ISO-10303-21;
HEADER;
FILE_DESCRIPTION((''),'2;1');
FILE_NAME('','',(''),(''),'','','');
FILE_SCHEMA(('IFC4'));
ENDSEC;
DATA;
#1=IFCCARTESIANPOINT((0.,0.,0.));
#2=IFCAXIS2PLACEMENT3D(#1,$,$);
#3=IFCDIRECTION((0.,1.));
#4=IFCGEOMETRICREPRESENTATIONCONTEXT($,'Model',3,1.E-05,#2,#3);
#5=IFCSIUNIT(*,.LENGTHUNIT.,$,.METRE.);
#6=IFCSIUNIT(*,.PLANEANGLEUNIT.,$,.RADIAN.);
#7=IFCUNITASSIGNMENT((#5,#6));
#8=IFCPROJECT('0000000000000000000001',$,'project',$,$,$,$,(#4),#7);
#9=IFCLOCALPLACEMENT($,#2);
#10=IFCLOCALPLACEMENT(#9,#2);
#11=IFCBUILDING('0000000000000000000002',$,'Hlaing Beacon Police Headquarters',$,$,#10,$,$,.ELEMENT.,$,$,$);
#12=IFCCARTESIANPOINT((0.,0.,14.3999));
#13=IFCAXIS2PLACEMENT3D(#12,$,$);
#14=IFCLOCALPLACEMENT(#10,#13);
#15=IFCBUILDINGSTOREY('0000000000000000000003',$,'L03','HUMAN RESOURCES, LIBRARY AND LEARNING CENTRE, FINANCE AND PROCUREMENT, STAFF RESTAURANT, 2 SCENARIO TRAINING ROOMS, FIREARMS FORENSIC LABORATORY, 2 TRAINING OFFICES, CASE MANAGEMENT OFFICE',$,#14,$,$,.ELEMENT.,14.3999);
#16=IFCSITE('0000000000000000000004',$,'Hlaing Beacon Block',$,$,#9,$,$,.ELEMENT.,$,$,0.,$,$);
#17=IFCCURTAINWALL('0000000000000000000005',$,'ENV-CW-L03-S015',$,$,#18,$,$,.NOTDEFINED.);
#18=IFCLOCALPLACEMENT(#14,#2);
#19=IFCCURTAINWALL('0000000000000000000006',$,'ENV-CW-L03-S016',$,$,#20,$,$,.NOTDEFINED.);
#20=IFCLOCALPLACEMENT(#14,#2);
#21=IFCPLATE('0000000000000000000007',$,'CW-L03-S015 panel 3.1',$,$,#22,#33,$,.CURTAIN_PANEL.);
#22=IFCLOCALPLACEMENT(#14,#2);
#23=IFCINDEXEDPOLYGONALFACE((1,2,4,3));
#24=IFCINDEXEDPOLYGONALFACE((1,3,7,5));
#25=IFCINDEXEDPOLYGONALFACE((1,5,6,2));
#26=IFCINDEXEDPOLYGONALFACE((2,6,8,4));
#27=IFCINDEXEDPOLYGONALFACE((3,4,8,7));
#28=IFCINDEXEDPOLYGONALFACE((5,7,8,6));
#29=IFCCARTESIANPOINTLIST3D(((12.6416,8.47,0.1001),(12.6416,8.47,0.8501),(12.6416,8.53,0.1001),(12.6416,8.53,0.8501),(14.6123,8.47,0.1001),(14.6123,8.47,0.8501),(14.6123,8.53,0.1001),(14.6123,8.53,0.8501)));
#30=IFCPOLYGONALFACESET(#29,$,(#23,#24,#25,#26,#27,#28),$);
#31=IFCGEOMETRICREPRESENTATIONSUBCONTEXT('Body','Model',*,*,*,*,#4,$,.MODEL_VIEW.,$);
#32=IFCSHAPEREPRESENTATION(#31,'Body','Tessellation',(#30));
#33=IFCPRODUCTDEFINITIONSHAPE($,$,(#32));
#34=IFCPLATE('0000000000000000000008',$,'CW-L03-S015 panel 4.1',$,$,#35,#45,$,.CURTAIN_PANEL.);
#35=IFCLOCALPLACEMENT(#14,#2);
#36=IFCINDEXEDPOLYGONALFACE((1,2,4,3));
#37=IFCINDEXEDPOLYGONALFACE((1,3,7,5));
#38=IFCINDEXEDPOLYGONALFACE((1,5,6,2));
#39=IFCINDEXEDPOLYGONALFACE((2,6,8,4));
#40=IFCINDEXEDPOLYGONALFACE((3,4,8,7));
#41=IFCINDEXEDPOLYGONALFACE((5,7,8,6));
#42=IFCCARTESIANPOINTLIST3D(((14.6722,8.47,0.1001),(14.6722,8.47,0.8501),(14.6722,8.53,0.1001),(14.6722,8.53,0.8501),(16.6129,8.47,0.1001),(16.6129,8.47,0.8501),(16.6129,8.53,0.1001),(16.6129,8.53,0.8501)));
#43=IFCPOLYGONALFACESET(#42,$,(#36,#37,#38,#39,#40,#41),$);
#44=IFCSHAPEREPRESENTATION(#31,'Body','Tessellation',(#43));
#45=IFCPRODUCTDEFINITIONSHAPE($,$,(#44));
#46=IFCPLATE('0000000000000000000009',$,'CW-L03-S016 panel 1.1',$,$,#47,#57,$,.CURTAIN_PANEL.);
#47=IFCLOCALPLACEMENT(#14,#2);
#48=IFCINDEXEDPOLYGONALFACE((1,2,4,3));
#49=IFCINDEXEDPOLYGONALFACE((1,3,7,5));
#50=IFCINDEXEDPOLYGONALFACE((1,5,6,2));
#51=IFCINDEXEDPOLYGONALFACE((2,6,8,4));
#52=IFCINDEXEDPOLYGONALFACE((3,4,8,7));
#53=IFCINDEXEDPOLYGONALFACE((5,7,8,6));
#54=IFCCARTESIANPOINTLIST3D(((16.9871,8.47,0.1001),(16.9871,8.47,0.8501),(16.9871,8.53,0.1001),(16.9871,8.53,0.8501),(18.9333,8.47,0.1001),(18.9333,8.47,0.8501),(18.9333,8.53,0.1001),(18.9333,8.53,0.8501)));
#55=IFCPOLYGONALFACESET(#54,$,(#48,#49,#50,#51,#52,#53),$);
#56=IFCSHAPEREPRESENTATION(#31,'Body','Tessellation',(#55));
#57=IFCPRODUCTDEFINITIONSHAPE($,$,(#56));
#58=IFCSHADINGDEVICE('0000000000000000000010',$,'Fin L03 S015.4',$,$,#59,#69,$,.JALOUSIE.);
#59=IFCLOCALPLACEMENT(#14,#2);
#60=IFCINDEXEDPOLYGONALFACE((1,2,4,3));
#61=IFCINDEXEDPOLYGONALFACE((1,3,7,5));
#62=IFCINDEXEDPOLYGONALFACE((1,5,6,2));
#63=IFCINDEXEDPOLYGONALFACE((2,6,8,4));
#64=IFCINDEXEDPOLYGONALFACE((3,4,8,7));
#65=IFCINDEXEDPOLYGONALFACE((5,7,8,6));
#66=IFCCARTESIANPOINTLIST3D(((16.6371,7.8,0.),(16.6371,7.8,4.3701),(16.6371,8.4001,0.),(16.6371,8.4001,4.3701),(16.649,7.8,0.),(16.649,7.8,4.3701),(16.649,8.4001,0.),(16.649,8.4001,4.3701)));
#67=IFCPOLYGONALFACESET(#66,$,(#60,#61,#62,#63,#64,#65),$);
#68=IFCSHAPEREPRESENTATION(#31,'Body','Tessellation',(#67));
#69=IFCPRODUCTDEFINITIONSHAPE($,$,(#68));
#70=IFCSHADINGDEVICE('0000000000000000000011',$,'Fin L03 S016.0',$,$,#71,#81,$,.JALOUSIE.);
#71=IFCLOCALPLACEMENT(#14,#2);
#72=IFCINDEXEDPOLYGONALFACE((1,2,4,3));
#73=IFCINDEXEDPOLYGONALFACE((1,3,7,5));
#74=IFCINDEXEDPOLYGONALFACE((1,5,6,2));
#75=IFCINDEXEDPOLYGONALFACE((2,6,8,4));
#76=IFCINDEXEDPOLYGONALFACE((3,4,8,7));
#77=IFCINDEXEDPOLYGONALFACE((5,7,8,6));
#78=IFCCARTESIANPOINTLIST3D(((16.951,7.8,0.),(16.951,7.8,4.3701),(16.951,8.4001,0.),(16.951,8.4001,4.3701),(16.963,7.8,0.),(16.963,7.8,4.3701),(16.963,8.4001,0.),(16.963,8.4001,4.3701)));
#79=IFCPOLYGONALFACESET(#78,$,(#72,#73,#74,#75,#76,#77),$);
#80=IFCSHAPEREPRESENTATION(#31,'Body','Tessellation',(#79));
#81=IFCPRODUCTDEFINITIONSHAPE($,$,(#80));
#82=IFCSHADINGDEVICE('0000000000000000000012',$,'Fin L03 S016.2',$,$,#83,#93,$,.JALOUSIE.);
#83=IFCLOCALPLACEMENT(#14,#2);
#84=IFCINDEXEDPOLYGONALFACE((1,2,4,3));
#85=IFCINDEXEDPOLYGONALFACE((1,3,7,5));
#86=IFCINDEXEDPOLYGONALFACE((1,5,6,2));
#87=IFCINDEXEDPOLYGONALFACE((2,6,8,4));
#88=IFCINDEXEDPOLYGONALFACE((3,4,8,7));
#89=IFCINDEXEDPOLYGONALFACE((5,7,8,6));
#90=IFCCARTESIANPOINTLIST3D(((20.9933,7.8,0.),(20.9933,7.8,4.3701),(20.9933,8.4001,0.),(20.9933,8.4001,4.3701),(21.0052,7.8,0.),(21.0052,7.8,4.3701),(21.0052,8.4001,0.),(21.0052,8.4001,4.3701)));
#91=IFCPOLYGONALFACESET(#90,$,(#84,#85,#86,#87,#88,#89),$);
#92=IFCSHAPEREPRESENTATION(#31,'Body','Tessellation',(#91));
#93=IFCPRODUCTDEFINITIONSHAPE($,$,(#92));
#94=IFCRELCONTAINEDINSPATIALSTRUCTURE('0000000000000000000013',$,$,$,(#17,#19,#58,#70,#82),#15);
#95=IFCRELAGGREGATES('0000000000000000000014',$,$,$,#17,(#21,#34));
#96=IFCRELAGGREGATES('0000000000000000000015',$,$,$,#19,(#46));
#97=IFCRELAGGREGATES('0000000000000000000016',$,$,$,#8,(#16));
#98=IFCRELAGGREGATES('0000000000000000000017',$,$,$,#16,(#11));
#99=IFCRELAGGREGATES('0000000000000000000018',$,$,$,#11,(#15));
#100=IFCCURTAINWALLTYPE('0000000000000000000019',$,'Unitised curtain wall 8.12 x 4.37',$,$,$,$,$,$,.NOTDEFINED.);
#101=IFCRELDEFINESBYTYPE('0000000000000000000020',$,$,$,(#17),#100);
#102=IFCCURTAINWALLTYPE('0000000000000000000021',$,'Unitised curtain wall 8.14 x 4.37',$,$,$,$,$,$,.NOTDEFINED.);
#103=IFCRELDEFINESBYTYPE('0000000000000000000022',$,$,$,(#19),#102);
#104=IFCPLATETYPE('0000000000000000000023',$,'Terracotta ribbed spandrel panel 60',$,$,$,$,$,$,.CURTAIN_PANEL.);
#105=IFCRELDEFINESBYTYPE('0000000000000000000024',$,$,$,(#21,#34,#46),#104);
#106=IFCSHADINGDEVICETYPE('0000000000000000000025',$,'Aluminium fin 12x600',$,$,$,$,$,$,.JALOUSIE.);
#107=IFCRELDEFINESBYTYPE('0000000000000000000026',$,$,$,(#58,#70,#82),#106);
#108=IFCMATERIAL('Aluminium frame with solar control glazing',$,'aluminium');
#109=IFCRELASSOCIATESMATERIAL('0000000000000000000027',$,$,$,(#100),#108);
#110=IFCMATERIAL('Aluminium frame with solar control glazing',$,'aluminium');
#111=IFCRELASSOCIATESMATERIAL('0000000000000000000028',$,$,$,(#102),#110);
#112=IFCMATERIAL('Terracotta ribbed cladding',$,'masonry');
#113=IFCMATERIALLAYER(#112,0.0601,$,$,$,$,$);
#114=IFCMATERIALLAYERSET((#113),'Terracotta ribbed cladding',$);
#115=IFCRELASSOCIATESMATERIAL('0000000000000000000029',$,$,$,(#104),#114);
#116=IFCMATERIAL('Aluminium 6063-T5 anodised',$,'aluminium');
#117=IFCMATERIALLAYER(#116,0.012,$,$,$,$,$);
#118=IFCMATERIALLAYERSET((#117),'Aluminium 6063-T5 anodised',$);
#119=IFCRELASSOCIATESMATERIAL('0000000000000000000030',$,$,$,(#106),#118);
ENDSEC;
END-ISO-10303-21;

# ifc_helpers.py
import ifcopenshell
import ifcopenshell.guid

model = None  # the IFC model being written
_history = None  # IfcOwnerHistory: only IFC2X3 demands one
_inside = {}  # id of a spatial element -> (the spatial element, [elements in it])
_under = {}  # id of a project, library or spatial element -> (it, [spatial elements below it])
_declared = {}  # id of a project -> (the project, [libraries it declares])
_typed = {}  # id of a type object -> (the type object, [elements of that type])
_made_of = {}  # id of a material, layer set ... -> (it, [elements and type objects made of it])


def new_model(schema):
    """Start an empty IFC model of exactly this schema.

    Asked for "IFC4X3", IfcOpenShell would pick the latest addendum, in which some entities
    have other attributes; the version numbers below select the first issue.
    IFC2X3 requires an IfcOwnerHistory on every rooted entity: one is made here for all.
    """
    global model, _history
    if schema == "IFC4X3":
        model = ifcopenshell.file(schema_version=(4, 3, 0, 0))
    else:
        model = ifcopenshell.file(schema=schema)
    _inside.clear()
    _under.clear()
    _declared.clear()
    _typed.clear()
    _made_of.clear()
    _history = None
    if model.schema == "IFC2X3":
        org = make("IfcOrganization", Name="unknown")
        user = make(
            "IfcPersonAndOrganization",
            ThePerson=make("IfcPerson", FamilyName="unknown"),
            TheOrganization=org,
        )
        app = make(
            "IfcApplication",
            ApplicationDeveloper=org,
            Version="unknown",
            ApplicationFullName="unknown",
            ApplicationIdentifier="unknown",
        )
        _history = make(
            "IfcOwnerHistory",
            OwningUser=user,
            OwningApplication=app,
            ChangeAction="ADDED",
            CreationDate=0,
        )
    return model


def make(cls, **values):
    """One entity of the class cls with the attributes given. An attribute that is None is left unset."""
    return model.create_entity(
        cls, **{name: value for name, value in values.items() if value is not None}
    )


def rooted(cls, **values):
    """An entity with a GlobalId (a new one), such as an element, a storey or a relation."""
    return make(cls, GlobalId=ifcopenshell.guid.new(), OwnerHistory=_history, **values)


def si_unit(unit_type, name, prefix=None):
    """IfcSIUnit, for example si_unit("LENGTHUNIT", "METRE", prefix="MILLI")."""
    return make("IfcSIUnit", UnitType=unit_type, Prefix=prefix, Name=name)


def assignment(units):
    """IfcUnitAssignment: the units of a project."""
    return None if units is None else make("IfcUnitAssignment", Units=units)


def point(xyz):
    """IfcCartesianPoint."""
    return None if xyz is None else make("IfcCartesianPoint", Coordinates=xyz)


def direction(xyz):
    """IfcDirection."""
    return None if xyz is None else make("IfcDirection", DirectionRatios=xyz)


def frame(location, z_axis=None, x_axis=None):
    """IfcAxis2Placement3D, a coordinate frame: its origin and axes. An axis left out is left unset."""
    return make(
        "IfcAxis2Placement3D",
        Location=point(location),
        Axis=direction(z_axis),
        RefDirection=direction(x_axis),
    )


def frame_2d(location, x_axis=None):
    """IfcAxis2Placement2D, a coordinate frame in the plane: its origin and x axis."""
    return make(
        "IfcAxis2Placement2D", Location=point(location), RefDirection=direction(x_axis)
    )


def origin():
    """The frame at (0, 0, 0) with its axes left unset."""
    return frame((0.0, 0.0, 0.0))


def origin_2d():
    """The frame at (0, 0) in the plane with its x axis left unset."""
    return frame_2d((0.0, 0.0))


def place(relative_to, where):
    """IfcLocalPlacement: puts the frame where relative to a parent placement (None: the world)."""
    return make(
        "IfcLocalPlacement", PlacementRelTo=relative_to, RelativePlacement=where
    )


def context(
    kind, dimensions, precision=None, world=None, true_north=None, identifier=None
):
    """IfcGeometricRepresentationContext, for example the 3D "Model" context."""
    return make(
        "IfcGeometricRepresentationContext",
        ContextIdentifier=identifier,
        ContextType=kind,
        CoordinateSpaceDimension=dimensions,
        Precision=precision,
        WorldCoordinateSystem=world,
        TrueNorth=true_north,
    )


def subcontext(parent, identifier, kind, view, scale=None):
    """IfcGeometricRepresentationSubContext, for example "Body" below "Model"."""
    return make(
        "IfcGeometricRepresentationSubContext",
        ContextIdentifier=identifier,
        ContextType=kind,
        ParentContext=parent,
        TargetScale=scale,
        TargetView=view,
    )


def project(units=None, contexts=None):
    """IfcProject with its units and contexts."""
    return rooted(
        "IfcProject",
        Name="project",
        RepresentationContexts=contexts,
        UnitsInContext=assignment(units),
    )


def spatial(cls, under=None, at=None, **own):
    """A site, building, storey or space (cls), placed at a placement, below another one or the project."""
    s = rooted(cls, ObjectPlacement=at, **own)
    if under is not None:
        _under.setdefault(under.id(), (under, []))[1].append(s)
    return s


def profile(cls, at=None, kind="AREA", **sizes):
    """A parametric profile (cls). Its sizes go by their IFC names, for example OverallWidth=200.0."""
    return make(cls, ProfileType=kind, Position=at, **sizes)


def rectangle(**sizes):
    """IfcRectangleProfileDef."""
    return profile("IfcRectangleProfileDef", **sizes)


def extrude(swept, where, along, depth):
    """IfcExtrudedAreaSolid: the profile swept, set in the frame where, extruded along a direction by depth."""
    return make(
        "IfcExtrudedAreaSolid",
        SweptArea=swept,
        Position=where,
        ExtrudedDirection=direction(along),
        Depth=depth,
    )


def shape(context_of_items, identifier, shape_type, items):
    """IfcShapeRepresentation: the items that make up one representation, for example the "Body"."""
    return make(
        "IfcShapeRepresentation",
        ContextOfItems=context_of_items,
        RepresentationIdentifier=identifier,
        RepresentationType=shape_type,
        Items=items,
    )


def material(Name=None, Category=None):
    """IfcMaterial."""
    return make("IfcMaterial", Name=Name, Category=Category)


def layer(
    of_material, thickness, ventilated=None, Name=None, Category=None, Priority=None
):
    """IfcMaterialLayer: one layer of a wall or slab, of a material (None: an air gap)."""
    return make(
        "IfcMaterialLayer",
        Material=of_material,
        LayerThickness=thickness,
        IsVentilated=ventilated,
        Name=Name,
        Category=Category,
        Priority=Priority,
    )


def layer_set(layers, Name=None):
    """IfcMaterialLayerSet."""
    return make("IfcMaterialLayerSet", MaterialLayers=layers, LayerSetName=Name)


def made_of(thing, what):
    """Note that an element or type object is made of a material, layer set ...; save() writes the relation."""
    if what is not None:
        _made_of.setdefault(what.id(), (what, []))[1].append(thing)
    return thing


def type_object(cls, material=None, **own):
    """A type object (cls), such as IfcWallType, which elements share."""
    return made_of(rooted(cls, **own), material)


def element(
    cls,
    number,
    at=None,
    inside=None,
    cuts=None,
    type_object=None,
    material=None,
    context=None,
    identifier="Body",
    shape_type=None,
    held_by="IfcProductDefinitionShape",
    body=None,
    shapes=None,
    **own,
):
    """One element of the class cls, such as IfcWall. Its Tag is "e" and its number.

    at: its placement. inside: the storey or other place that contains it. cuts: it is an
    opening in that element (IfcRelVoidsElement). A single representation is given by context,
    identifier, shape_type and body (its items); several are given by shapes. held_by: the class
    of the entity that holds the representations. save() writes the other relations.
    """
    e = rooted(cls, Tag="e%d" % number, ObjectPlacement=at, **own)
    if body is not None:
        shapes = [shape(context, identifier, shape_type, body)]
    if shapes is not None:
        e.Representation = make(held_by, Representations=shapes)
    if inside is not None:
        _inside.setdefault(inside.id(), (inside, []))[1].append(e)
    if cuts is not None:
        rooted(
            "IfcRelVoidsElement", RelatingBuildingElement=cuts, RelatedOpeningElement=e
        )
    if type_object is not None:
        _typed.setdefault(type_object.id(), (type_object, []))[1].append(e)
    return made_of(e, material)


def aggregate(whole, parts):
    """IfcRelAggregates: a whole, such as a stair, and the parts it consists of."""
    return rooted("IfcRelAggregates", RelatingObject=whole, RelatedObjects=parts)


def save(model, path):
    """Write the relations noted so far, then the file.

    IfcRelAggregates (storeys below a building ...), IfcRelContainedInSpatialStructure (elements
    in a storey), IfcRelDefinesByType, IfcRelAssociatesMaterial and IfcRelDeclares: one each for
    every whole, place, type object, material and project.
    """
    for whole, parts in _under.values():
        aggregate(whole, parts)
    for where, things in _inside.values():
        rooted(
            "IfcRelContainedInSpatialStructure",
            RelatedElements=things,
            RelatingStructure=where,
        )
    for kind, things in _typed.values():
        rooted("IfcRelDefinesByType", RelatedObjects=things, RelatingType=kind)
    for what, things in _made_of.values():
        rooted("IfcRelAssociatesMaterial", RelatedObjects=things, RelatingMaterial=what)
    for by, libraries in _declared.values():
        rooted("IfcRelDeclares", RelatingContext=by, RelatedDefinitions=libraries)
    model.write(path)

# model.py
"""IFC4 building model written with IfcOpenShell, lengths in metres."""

from ifc_helpers import new_model, si_unit, direction, frame, origin, origin_2d, place, context, subcontext, project, spatial, rectangle, extrude, material, layer, layer_set, type_object, element, aggregate, save


model = new_model("IFC4")

# Units and contexts
model_context = context("Model", 3, precision=1e-05, world=origin(), true_north=direction((0.0, 1.0)))
body_context = subcontext(model_context, "Body", "Model", "MODEL_VIEW")
ifc_project = project(units=[si_unit("LENGTHUNIT", "METRE"), si_unit("PLANEANGLEUNIT", "RADIAN")], contexts=[model_context])

# Site, building, storey
site_placement = place(None, origin())
site = spatial("IfcSite", under=ifc_project, at=site_placement, Name="Hlaing Beacon Block", CompositionType="ELEMENT", RefElevation=0.0)
building_placement = place(site_placement, origin())
building = spatial("IfcBuilding", under=site, at=building_placement, Name="Hlaing Beacon Police Headquarters", CompositionType="ELEMENT")
storey_placement = place(building_placement, frame((0.0, 0.0, 14.3999)))
storey = spatial("IfcBuildingStorey", under=building, at=storey_placement, Name="L03", Description="HUMAN RESOURCES, LIBRARY AND LEARNING CENTRE, FINANCE AND PROCUREMENT, STAFF RESTAURANT, 2 SCENARIO TRAINING ROOMS, FIREARMS FORENSIC LABORATORY, 2 TRAINING OFFICES, CASE MANAGEMENT OFFICE", CompositionType="ELEMENT", Elevation=14.3999)

# Curtain walls
ifc_material_1 = material(Name="Aluminium frame with solar control glazing", Category="aluminium")
curtain_wall_type_1 = type_object("IfcCurtainWallType", Name="Unitised curtain wall 8.12 x 4.37", PredefinedType="NOTDEFINED", material=ifc_material_1)
curtain_wall_1_placement = place(storey_placement, origin())
curtain_wall_1 = element("IfcCurtainWall", 1, at=curtain_wall_1_placement, inside=storey, type_object=curtain_wall_type_1, Name="ENV-CW-L03-S015", PredefinedType="NOTDEFINED")
ifc_material_2 = material(Name="Aluminium frame with solar control glazing", Category="aluminium")
curtain_wall_type_2 = type_object("IfcCurtainWallType", Name="Unitised curtain wall 8.14 x 4.37", PredefinedType="NOTDEFINED", material=ifc_material_2)
curtain_wall_2_placement = place(storey_placement, origin())
curtain_wall_2 = element("IfcCurtainWall", 2, at=curtain_wall_2_placement, inside=storey, type_object=curtain_wall_type_2, Name="ENV-CW-L03-S016", PredefinedType="NOTDEFINED")

# Plates
ifc_material_3 = material(Name="Terracotta ribbed cladding", Category="masonry")
ifc_layer_1 = layer(ifc_material_3, 0.0601)
ifc_layer_set_1 = layer_set([ifc_layer_1], Name="Terracotta ribbed cladding")
plate_type_1 = type_object("IfcPlateType", Name="Terracotta ribbed spandrel panel 60", PredefinedType="CURTAIN_PANEL", material=ifc_layer_set_1)
plate_1_placement = place(storey_placement, frame((13.627, 8.5, 0.1001), z_axis=(0.0, 0.0, 1.0), x_axis=(1.0, 0.0, 0.0)))
plate_1 = element("IfcPlate", 3, at=plate_1_placement, type_object=plate_type_1, Name="CW-L03-S015 panel 3.1", PredefinedType="CURTAIN_PANEL", context=body_context, shape_type="SweptSolid", body=[
    extrude(rectangle(XDim=1.9707, YDim=0.0601, at=origin_2d()), origin(), (0.0, 0.0, 1.0), 0.75),
])
plate_2_placement = place(storey_placement, frame((15.6426, 8.5, 0.1001), z_axis=(0.0, 0.0, 1.0), x_axis=(1.0, 0.0, 0.0)))
plate_2 = element("IfcPlate", 4, at=plate_2_placement, type_object=plate_type_1, Name="CW-L03-S015 panel 4.1", PredefinedType="CURTAIN_PANEL", context=body_context, shape_type="SweptSolid", body=[
    extrude(rectangle(XDim=1.9407, YDim=0.0601, at=origin_2d()), origin(), (0.0, 0.0, 1.0), 0.75),
])
aggregate(curtain_wall_1, [plate_1, plate_2])
plate_3_placement = place(storey_placement, frame((17.9602, 8.5, 0.1001), z_axis=(0.0, 0.0, 1.0), x_axis=(1.0, 0.0, 0.0)))
plate_3 = element("IfcPlate", 5, at=plate_3_placement, type_object=plate_type_1, Name="CW-L03-S016 panel 1.1", PredefinedType="CURTAIN_PANEL", context=body_context, shape_type="SweptSolid", body=[
    extrude(rectangle(XDim=1.9463, YDim=0.0601, at=origin_2d()), origin(), (0.0, 0.0, 1.0), 0.75),
])
aggregate(curtain_wall_2, [plate_3])

# Shading devices
ifc_material_4 = material(Name="Aluminium 6063-T5 anodised", Category="aluminium")
ifc_layer_2 = layer(ifc_material_4, 0.012)
ifc_layer_set_2 = layer_set([ifc_layer_2], Name="Aluminium 6063-T5 anodised")
shading_device_type = type_object("IfcShadingDeviceType", Name="Aluminium fin 12x600", PredefinedType="JALOUSIE", material=ifc_layer_set_2)
for number, where, z_axis, x_axis, name in (
    (6, (16.6431, 8.1001, 0.0), (0.0, 0.0, 1.0), (1.0, 0.0, 0.0), "Fin L03 S015.4"),
    (7, (16.957, 8.1001, 0.0), (0.0, 0.0, 1.0), (1.0, 0.0, 0.0), "Fin L03 S016.0"),
    (8, (20.9993, 8.1001, 0.0), (0.0, 0.0, 1.0), (1.0, 0.0, 0.0), "Fin L03 S016.2"),
):
    element("IfcShadingDevice", number, at=place(storey_placement, frame(where, z_axis=z_axis, x_axis=x_axis)), inside=storey, type_object=shading_device_type, Name=name, PredefinedType="JALOUSIE", context=body_context, shape_type="SweptSolid", body=[
        extrude(rectangle(XDim=0.012, YDim=0.6001, at=origin_2d()), origin(), (0.0, 0.0, 1.0), 4.3701),
    ])

save(model, "model.ifc")
